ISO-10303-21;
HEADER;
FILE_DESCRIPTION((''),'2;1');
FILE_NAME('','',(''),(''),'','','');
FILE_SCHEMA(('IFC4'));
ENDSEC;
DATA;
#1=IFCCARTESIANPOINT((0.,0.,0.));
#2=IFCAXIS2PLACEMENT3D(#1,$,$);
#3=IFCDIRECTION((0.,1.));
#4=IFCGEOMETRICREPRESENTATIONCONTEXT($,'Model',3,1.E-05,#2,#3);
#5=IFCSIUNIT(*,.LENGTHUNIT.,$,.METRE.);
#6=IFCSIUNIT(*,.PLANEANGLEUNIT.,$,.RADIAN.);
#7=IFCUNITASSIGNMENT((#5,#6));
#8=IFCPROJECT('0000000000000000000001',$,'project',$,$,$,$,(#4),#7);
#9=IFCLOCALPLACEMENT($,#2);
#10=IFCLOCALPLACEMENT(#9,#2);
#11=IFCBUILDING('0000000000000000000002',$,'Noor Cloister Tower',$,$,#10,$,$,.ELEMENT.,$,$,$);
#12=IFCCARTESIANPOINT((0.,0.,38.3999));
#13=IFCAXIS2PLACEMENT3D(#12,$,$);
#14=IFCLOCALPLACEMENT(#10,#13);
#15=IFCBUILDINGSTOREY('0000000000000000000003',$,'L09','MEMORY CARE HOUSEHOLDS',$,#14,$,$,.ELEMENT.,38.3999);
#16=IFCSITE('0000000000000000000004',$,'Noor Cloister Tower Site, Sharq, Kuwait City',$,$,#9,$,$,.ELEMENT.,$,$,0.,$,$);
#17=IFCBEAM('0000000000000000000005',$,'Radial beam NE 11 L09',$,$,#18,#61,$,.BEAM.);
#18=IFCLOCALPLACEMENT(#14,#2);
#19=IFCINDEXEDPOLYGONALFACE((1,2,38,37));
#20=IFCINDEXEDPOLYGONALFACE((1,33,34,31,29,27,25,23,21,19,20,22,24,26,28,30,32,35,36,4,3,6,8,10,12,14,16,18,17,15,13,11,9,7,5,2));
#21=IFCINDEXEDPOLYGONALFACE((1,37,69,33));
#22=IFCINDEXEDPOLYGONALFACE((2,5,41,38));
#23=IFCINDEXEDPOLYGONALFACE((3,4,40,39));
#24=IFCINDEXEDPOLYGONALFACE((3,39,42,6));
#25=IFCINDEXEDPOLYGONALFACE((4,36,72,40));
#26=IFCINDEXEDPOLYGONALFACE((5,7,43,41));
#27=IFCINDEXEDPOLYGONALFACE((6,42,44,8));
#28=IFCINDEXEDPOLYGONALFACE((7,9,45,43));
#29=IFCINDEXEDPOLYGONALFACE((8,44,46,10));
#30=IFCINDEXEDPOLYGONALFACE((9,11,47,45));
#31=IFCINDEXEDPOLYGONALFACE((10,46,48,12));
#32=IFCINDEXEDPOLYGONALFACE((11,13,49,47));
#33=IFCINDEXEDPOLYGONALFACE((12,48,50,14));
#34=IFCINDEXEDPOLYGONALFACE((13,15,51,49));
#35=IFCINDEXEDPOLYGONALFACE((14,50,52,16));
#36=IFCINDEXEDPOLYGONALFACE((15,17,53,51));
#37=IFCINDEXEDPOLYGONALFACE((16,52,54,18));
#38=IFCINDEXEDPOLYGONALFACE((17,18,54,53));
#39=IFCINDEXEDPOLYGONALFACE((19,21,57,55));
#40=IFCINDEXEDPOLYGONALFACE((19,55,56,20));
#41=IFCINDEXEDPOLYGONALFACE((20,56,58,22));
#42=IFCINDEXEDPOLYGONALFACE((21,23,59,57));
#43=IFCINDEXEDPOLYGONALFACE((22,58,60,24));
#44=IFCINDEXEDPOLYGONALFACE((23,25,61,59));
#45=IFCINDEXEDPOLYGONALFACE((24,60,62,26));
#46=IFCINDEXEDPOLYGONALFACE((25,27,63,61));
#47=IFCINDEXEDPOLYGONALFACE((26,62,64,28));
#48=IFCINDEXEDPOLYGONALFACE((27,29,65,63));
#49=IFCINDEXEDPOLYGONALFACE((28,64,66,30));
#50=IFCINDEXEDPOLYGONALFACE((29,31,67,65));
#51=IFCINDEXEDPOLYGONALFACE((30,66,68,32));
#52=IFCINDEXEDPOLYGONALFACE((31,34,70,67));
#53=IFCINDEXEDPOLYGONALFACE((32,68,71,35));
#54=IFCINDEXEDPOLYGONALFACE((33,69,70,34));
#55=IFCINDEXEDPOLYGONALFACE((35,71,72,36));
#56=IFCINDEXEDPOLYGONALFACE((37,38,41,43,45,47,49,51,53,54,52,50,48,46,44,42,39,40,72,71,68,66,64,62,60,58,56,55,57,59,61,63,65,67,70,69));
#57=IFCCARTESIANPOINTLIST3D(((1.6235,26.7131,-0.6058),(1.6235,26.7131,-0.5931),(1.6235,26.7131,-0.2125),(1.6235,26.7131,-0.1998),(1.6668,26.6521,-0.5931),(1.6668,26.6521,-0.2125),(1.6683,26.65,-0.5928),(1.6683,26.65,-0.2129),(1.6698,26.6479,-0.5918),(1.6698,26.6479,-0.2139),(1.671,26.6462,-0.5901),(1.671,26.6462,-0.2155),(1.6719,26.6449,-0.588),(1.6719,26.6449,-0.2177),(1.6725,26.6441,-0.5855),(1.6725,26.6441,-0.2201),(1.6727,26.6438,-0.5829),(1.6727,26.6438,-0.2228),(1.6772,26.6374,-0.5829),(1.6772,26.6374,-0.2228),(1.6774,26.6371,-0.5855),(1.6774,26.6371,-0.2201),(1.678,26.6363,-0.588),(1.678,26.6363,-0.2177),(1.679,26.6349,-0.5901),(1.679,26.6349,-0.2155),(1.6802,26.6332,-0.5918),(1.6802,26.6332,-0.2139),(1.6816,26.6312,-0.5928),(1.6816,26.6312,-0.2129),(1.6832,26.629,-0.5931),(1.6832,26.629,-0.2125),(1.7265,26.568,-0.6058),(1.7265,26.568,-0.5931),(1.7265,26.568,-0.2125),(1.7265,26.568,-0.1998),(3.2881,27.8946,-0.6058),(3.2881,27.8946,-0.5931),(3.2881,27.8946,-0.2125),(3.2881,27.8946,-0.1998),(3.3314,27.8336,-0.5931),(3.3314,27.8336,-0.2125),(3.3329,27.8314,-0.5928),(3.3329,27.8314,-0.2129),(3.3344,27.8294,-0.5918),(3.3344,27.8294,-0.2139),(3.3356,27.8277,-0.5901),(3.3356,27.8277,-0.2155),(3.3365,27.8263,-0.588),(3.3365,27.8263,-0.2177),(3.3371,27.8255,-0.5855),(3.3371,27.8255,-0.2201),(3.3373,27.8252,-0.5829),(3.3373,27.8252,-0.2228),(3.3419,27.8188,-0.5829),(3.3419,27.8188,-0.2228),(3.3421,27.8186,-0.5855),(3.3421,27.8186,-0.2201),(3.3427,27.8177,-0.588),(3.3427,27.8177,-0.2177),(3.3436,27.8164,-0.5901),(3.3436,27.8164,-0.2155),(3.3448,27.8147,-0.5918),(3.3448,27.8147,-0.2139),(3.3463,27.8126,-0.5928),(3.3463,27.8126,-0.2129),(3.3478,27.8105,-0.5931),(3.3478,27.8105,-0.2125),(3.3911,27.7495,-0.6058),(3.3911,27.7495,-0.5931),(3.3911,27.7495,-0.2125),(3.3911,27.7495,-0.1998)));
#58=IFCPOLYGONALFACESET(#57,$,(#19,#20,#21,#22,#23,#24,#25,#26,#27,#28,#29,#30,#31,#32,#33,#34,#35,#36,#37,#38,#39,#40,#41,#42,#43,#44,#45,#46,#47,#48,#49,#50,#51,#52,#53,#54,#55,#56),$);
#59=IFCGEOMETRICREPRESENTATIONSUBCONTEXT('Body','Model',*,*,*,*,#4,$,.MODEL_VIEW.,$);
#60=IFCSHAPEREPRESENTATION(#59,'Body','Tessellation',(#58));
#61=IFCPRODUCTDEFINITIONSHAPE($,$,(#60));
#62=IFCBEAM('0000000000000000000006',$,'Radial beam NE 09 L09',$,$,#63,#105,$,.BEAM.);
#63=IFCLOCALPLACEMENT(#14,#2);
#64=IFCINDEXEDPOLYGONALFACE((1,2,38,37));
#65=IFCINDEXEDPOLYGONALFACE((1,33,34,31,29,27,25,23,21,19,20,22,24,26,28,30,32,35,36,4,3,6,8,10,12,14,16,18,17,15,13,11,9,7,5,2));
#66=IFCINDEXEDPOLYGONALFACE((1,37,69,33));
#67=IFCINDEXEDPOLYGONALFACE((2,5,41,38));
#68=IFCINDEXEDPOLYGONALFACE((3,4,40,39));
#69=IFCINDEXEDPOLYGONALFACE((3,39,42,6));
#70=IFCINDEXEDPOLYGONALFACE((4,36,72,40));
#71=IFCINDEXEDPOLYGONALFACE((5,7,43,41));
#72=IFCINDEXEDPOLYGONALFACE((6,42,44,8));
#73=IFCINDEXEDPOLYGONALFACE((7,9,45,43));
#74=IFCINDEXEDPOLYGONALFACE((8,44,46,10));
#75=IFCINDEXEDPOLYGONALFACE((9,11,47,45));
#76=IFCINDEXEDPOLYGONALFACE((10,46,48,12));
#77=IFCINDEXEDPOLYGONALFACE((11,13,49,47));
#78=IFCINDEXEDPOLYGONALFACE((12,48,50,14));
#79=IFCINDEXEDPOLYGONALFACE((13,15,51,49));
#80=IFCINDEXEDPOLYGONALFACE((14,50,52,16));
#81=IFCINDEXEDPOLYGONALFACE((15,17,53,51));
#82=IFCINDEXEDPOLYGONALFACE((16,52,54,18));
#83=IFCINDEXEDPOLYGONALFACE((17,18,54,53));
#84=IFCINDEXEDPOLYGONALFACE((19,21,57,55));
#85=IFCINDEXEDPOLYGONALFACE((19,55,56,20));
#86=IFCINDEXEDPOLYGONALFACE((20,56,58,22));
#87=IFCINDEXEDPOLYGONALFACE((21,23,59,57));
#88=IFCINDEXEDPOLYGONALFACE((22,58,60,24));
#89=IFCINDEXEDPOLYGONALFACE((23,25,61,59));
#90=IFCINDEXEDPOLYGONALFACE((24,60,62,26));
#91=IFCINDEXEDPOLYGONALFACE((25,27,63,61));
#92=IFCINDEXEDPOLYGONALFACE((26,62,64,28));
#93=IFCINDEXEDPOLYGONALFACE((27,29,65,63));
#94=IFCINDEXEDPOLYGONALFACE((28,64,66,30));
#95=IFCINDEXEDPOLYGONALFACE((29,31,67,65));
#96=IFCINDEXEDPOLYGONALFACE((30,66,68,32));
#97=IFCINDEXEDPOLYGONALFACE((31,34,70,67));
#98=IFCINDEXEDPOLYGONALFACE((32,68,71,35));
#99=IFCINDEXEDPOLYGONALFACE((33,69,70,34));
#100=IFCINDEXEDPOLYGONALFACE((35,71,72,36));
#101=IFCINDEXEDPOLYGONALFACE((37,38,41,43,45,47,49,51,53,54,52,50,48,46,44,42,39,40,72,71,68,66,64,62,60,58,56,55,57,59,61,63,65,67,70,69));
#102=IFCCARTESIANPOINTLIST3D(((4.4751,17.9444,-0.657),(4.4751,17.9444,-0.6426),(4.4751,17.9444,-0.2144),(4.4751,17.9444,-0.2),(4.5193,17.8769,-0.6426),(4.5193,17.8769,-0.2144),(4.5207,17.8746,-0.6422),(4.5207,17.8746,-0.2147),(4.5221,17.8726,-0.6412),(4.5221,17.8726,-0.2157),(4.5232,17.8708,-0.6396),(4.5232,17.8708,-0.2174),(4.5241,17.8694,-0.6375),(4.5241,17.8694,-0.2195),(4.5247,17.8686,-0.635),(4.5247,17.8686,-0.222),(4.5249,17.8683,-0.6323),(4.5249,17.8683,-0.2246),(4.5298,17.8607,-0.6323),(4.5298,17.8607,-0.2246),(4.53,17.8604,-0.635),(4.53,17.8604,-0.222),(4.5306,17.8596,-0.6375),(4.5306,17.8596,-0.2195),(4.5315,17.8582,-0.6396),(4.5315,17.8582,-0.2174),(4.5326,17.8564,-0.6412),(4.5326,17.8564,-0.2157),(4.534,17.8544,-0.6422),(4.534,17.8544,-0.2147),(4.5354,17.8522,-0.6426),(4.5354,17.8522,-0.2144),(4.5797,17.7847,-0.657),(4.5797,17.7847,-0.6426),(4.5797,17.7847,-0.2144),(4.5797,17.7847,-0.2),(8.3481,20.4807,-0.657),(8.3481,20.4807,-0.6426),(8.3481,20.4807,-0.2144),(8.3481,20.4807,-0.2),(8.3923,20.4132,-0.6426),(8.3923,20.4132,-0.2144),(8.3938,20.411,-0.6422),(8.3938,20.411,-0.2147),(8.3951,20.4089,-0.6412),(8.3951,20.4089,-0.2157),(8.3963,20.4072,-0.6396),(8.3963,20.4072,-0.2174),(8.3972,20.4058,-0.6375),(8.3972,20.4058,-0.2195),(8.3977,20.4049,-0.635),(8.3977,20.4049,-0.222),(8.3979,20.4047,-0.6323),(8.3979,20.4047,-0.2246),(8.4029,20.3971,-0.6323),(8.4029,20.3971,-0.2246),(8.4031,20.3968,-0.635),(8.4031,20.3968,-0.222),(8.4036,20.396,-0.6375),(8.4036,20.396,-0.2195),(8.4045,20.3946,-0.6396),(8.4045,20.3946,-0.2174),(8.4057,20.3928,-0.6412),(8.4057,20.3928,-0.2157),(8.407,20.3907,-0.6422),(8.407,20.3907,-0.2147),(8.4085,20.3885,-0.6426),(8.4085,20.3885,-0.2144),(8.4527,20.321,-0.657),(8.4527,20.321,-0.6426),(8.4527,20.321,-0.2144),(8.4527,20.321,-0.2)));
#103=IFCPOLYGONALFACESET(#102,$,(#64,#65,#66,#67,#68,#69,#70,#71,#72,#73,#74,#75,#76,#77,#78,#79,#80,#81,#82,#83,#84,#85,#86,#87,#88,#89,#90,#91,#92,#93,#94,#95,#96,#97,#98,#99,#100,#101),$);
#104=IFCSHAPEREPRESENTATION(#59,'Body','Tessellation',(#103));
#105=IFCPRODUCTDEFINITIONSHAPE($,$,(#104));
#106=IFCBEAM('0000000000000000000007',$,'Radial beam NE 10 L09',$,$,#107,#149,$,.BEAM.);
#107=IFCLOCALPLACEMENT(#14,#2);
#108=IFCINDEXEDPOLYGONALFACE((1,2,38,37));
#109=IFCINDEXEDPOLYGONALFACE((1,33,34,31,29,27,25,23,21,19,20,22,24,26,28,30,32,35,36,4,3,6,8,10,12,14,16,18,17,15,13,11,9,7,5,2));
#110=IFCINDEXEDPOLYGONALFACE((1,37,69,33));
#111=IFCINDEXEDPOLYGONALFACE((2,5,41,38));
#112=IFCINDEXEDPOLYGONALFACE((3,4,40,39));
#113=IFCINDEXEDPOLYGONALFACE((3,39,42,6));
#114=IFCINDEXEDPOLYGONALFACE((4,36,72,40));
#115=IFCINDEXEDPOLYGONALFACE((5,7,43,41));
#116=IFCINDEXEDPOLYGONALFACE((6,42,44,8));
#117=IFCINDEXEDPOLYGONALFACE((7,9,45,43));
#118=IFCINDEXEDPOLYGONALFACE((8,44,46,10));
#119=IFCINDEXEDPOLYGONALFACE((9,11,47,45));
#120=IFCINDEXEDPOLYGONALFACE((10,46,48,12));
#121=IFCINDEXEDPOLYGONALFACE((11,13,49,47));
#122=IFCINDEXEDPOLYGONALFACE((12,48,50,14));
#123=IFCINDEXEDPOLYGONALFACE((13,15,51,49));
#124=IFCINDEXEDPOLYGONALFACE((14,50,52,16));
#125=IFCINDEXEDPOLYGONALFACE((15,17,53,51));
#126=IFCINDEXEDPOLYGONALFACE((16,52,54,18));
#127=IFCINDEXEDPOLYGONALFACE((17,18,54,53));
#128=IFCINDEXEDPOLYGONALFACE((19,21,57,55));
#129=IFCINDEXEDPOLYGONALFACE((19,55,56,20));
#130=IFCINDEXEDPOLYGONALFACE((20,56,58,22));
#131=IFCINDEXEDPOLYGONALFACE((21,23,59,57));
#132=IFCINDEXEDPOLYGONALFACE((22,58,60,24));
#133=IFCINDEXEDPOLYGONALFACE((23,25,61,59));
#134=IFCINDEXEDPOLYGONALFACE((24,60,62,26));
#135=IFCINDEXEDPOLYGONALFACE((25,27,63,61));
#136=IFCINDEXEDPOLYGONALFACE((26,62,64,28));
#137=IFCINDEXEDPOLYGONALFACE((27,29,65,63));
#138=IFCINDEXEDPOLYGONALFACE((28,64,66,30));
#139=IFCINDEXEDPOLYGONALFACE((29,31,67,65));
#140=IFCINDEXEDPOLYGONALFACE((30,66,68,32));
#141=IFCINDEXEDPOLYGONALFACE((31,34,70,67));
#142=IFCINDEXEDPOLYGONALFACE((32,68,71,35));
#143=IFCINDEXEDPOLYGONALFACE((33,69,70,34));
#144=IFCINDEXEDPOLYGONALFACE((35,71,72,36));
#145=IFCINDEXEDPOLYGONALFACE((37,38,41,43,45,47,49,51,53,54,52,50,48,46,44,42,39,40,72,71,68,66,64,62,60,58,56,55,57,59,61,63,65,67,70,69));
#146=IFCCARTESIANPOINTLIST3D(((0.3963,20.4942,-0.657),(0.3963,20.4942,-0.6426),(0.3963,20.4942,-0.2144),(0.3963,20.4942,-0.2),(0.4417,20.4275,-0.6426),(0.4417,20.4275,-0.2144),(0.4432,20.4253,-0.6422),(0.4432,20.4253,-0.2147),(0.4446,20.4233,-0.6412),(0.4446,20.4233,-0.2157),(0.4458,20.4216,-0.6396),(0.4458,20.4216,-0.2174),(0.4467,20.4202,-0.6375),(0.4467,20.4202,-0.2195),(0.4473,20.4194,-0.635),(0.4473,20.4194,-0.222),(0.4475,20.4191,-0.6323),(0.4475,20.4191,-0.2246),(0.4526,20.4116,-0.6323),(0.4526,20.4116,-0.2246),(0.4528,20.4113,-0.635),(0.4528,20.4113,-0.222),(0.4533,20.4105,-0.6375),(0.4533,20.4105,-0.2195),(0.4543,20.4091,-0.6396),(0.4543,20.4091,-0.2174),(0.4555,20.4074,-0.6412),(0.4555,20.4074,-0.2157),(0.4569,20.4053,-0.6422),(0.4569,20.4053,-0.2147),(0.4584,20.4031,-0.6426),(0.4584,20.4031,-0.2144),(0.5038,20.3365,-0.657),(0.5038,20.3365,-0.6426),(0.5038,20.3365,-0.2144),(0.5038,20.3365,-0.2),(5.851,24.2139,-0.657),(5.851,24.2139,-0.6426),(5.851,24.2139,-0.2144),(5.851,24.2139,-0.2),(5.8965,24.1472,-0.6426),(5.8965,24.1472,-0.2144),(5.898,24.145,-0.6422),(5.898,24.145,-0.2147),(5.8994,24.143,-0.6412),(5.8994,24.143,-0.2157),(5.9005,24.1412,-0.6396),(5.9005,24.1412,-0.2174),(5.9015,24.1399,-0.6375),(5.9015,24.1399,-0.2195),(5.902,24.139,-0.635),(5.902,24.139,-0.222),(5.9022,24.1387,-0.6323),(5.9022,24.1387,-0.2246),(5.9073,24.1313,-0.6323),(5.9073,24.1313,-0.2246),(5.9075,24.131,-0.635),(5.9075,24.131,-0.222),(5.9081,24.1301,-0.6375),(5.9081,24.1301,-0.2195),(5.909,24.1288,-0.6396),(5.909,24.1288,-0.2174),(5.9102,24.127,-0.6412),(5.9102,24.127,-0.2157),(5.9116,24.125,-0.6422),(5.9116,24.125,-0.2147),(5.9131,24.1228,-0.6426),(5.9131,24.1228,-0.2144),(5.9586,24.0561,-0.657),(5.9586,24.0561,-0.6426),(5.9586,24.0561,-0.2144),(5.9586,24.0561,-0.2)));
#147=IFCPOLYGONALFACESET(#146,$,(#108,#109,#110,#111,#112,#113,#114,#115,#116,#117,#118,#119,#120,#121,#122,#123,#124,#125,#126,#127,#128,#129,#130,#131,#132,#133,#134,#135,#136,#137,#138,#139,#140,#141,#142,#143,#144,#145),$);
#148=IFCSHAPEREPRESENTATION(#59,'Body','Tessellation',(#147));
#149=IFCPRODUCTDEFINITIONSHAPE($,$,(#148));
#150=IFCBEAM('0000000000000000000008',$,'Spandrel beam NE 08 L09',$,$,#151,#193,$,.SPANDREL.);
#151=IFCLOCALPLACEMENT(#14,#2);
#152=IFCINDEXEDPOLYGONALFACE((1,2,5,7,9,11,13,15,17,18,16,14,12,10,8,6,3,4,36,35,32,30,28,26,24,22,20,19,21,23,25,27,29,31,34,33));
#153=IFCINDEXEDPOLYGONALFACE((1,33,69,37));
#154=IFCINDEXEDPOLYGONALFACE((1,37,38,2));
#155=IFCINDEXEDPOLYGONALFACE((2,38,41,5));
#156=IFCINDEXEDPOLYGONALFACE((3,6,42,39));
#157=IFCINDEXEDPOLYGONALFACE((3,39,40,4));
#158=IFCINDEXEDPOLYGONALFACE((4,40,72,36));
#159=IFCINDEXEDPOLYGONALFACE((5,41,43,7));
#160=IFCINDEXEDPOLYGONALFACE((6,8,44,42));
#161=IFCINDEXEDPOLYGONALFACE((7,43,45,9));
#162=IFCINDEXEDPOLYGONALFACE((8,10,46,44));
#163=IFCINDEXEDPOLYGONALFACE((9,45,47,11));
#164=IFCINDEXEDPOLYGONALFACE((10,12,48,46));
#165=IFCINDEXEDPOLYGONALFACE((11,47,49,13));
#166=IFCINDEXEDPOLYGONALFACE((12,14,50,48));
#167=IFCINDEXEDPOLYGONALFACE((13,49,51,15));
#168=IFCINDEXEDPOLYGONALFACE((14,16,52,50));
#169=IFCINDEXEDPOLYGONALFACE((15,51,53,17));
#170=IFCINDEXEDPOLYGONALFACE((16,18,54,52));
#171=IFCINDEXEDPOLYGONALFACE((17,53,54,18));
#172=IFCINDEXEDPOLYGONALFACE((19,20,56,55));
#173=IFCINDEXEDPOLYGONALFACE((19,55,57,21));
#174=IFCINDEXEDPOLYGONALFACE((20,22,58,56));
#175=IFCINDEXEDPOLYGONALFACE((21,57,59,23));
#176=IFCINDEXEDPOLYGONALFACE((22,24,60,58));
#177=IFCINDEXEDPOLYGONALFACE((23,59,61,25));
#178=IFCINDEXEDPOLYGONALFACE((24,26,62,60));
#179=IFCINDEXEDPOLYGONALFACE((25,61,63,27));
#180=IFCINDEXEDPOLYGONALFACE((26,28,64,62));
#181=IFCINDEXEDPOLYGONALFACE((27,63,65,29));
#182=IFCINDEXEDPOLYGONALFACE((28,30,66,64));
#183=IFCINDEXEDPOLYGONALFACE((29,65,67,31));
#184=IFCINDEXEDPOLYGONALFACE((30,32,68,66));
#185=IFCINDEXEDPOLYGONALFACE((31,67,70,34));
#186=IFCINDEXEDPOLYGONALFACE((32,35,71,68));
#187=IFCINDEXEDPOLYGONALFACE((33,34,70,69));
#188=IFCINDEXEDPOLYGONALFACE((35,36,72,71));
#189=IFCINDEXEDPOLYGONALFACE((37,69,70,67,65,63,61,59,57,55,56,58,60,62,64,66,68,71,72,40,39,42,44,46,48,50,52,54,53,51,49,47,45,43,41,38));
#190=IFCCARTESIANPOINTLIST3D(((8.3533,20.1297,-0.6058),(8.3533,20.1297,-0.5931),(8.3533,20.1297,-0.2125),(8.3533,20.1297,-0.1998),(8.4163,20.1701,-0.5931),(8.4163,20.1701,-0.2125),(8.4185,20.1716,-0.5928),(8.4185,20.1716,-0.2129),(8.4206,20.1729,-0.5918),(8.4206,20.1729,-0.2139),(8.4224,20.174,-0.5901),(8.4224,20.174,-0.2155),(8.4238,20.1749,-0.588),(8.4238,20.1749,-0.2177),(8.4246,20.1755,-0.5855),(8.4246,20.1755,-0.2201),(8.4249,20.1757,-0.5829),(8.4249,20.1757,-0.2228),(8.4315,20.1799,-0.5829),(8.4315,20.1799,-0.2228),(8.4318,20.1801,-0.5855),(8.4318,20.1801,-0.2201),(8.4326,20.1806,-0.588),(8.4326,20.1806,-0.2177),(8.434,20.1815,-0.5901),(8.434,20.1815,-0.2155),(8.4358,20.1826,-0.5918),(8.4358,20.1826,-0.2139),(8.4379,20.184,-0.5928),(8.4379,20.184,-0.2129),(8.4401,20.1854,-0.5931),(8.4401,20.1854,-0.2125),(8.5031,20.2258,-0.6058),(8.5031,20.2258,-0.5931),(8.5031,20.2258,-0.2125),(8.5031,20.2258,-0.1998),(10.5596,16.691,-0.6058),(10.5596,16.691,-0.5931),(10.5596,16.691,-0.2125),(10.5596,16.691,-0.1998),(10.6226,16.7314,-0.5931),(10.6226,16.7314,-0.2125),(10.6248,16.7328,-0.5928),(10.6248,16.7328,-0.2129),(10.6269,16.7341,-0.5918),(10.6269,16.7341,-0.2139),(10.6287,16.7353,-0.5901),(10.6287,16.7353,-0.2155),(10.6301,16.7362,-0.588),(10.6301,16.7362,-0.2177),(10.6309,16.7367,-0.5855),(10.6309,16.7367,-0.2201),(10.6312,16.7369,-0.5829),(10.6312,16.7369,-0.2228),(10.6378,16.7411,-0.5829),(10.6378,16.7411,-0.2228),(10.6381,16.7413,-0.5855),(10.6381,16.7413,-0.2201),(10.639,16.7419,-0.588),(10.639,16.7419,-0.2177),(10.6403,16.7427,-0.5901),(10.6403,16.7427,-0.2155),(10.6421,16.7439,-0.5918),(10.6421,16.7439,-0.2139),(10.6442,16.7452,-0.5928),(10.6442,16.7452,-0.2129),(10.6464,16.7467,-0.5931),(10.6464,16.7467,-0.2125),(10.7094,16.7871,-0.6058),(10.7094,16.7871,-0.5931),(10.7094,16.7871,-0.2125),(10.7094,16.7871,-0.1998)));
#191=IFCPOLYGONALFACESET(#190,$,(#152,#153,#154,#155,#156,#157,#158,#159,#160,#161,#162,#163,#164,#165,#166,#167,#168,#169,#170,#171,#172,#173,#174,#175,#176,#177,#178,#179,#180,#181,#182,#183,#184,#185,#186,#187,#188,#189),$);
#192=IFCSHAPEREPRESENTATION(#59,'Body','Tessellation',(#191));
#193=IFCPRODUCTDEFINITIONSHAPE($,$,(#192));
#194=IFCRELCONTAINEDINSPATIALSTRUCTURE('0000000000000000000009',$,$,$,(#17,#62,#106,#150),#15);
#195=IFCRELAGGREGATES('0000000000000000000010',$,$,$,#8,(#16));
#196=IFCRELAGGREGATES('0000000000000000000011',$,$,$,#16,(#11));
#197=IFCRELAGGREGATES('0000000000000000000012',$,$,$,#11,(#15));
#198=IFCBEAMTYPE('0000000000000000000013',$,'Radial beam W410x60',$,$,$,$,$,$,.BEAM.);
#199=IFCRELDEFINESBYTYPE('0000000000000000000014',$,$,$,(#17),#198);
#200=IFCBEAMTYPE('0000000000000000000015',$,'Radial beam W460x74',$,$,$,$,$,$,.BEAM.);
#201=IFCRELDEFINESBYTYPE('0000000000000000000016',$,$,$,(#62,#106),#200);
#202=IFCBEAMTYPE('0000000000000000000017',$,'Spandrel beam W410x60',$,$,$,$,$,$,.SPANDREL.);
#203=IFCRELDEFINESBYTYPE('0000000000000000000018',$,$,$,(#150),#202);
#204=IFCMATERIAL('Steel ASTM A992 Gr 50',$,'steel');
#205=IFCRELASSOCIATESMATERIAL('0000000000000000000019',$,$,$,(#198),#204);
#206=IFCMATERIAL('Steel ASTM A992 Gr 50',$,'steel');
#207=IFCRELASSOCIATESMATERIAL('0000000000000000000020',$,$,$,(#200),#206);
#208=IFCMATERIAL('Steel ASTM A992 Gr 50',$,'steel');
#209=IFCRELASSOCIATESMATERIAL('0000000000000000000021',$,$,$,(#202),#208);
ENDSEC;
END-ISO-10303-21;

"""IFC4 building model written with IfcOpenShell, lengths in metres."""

from ifc_helpers import new_model, si_unit, direction, frame, origin, origin_2d, place, context, subcontext, project, spatial, i_section, extrude, material, material_profile, profile_set, type_object, element, save


model = new_model("IFC4")

# Units and contexts
model_context = context("Model", 3, precision=1e-05, world=origin(), true_north=direction((0.0, 1.0)))
body_context = subcontext(model_context, "Body", "Model", "MODEL_VIEW")
ifc_project = project(units=[si_unit("LENGTHUNIT", "METRE"), si_unit("PLANEANGLEUNIT", "RADIAN")], contexts=[model_context])

# Site, building, storey
site_placement = place(None, origin())
site = spatial("IfcSite", under=ifc_project, at=site_placement, Name="Noor Cloister Tower Site, Sharq, Kuwait City", CompositionType="ELEMENT", RefElevation=0.0)
building_placement = place(site_placement, origin())
building = spatial("IfcBuilding", under=site, at=building_placement, Name="Noor Cloister Tower", CompositionType="ELEMENT")
storey_placement = place(building_placement, frame((0.0, 0.0, 38.3999)))
storey = spatial("IfcBuildingStorey", under=building, at=storey_placement, Name="L09", Description="MEMORY CARE HOUSEHOLDS", CompositionType="ELEMENT", Elevation=38.3999)

# Beams
ifc_material_1 = material(Name="Steel ASTM A992 Gr 50", Category="steel")
ifc_material_profile_1 = material_profile(ifc_material_1, i_section(OverallWidth=0.178, OverallDepth=0.406, WebThickness=0.0078, FlangeThickness=0.0127, FilletRadius=0.0103, at=origin_2d()), Name="W410x60")
ifc_profile_set_1 = profile_set([ifc_material_profile_1], Name="Steel ASTM A992 Gr 50")
beam_type_1 = type_object("IfcBeamType", Name="Radial beam W410x60", PredefinedType="BEAM", material=ifc_profile_set_1)
beam_1_placement = place(storey_placement, frame((3.3396, 27.822, -0.4028), z_axis=(-0.815483, -0.57878, 0.0), x_axis=(0.57878, -0.815483, 0.0)))
element("IfcBeam", 1, at=beam_1_placement, inside=storey, type_object=beam_type_1, Name="Radial beam NE 11 L09", PredefinedType="BEAM", context=body_context, shape_type="SweptSolid", body=[
    extrude(i_section(OverallWidth=0.178, OverallDepth=0.406, WebThickness=0.0078, FlangeThickness=0.0127, FilletRadius=0.0103, at=origin_2d()), origin(), (0.0, 0.0, 1.0), 2.0413),
])
ifc_material_2 = material(Name="Steel ASTM A992 Gr 50", Category="steel")
ifc_material_profile_2 = material_profile(ifc_material_2, i_section(OverallWidth=0.1909, OverallDepth=0.457, WebThickness=0.009, FlangeThickness=0.0144, FilletRadius=0.0103, at=origin_2d()), Name="W460x74")
ifc_profile_set_2 = profile_set([ifc_material_profile_2], Name="Steel ASTM A992 Gr 50")
beam_type_2 = type_object("IfcBeamType", Name="Radial beam W460x74", PredefinedType="BEAM", material=ifc_profile_set_2)
beam_2_placement = place(storey_placement, frame((8.4004, 20.4009, -0.4285), z_axis=(-0.836574, -0.547854, 0.0), x_axis=(0.547854, -0.836574, 0.0)))
element("IfcBeam", 2, at=beam_2_placement, inside=storey, type_object=beam_type_2, Name="Radial beam NE 09 L09", PredefinedType="BEAM", context=body_context, shape_type="SweptSolid", body=[
    extrude(i_section(OverallWidth=0.1909, OverallDepth=0.457, WebThickness=0.009, FlangeThickness=0.0144, FilletRadius=0.0103, at=origin_2d()), origin(), (0.0, 0.0, 1.0), 4.6296),
])
beam_3_placement = place(storey_placement, frame((5.9048, 24.135, -0.4285), z_axis=(-0.826191, -0.563391, 0.0), x_axis=(0.563391, -0.826191, 0.0)))
element("IfcBeam", 3, at=beam_3_placement, inside=storey, type_object=beam_type_2, Name="Radial beam NE 10 L09", PredefinedType="BEAM", context=body_context, shape_type="SweptSolid", body=[
    extrude(i_section(OverallWidth=0.1909, OverallDepth=0.457, WebThickness=0.009, FlangeThickness=0.0144, FilletRadius=0.0103, at=origin_2d()), origin(), (0.0, 0.0, 1.0), 6.6023),
])
ifc_material_3 = material(Name="Steel ASTM A992 Gr 50", Category="steel")
ifc_material_profile_3 = material_profile(ifc_material_3, i_section(OverallWidth=0.178, OverallDepth=0.406, WebThickness=0.0078, FlangeThickness=0.0127, FilletRadius=0.0103, at=origin_2d()), Name="W410x60")
ifc_profile_set_3 = profile_set([ifc_material_profile_3], Name="Steel ASTM A992 Gr 50")
beam_type_3 = type_object("IfcBeamType", Name="Spandrel beam W410x60", PredefinedType="SPANDREL", material=ifc_profile_set_3)
for number, where, z_axis, x_axis, name in (
    (4, (10.6345, 16.739, -0.4028), (-0.540011, 0.841658, 0.0), (-0.841658, -0.540011, 0.0), "Spandrel beam NE 08 L09"),
):
    element("IfcBeam", number, at=place(storey_placement, frame(where, z_axis=z_axis, x_axis=x_axis)), inside=storey, type_object=beam_type_3, Name=name, PredefinedType="SPANDREL", context=body_context, shape_type="SweptSolid", body=[
        extrude(i_section(OverallWidth=0.178, OverallDepth=0.406, WebThickness=0.0078, FlangeThickness=0.0127, FilletRadius=0.0103, at=origin_2d()), origin(), (0.0, 0.0, 1.0), 4.0857),
    ])

save(model, "model.ifc")
